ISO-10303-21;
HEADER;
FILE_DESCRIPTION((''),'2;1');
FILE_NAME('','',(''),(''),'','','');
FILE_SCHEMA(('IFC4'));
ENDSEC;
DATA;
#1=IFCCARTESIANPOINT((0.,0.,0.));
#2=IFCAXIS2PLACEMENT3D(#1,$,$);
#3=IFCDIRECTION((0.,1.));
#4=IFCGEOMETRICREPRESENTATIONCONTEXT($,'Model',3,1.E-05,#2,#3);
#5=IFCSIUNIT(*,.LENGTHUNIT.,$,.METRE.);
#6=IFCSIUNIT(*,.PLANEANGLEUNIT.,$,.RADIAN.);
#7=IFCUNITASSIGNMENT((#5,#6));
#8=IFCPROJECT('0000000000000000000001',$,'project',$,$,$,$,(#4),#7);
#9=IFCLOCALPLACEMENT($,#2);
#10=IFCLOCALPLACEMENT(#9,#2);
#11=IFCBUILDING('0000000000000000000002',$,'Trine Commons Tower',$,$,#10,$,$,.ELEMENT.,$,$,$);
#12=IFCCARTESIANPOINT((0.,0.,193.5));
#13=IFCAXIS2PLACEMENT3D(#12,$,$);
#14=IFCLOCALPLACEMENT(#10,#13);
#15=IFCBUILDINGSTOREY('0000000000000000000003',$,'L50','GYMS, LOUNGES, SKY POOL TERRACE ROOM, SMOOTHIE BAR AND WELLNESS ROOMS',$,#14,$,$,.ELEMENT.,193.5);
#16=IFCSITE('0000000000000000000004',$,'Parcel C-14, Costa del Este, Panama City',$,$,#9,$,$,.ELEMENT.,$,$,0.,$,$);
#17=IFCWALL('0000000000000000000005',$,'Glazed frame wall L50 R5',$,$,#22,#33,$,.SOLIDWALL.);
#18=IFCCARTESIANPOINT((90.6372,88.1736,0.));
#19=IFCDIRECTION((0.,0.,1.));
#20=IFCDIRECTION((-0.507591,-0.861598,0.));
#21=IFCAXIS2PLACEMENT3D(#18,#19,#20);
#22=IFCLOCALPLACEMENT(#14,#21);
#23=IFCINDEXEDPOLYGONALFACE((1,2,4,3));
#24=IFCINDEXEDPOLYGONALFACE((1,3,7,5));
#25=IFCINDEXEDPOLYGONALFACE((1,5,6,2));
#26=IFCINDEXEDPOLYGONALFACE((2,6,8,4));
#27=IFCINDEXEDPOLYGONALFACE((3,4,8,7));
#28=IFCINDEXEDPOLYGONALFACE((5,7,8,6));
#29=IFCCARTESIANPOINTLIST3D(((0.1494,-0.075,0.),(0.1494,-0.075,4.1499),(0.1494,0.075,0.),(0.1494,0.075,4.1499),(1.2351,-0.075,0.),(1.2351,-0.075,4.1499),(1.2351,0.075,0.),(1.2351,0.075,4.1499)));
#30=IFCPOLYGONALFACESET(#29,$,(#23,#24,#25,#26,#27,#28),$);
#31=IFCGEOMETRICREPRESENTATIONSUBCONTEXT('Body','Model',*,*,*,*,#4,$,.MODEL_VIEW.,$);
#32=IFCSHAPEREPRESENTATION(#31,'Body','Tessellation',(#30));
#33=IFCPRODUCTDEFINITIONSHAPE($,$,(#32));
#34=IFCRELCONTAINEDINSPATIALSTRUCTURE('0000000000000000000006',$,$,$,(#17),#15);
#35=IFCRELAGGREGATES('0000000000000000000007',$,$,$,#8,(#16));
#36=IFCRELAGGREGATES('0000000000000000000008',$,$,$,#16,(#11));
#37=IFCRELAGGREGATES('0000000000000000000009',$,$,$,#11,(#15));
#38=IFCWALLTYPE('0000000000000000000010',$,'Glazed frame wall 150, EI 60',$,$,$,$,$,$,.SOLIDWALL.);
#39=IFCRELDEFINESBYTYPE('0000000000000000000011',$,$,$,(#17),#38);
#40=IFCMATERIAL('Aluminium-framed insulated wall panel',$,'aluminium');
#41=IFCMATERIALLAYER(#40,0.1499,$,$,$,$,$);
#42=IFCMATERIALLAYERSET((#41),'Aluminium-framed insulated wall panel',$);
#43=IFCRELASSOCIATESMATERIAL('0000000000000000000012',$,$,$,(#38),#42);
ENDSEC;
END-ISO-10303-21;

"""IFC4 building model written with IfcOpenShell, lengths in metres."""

from ifc_helpers import new_model, si_unit, direction, frame, origin, place, context, subcontext, project, spatial, polyline, outline, extrude, material, layer, layer_set, type_object, element, save


model = new_model("IFC4")

# Units and contexts
model_context = context("Model", 3, precision=1e-05, world=origin(), true_north=direction((0.0, 1.0)))
body_context = subcontext(model_context, "Body", "Model", "MODEL_VIEW")
ifc_project = project(units=[si_unit("LENGTHUNIT", "METRE"), si_unit("PLANEANGLEUNIT", "RADIAN")], contexts=[model_context])

# Site, building, storey
site_placement = place(None, origin())
site = spatial("IfcSite", under=ifc_project, at=site_placement, Name="Parcel C-14, Costa del Este, Panama City", CompositionType="ELEMENT", RefElevation=0.0)
building_placement = place(site_placement, origin())
building = spatial("IfcBuilding", under=site, at=building_placement, Name="Trine Commons Tower", CompositionType="ELEMENT")
storey_placement = place(building_placement, frame((0.0, 0.0, 193.5)))
storey = spatial("IfcBuildingStorey", under=building, at=storey_placement, Name="L50", Description="GYMS, LOUNGES, SKY POOL TERRACE ROOM, SMOOTHIE BAR AND WELLNESS ROOMS", CompositionType="ELEMENT", Elevation=193.5)

# Wall
ifc_material_1 = material(Name="Aluminium-framed insulated wall panel", Category="aluminium")
ifc_layer_1 = layer(ifc_material_1, 0.1499)
ifc_layer_set_1 = layer_set([ifc_layer_1], Name="Aluminium-framed insulated wall panel")
wall_type_1 = type_object("IfcWallType", Name="Glazed frame wall 150, EI 60", PredefinedType="SOLIDWALL", material=ifc_layer_set_1)
wall_1_placement = place(storey_placement, frame((90.6372, 88.1736, 0.0), z_axis=(0.0, 0.0, 1.0), x_axis=(-0.507591, -0.861598, 0.0)))
element("IfcWall", 1, at=wall_1_placement, inside=storey, type_object=wall_type_1, Name="Glazed frame wall L50 R5", PredefinedType="SOLIDWALL", context=body_context, shape_type="SweptSolid", body=[
    extrude(outline(polyline([(0.1494, 0.075), (0.1494, -0.075), (1.2351, -0.075), (1.2351, 0.075), (0.1494, 0.075)])), origin(), (0.0, 0.0, 1.0), 4.1499),
])

save(model, "model.ifc")
